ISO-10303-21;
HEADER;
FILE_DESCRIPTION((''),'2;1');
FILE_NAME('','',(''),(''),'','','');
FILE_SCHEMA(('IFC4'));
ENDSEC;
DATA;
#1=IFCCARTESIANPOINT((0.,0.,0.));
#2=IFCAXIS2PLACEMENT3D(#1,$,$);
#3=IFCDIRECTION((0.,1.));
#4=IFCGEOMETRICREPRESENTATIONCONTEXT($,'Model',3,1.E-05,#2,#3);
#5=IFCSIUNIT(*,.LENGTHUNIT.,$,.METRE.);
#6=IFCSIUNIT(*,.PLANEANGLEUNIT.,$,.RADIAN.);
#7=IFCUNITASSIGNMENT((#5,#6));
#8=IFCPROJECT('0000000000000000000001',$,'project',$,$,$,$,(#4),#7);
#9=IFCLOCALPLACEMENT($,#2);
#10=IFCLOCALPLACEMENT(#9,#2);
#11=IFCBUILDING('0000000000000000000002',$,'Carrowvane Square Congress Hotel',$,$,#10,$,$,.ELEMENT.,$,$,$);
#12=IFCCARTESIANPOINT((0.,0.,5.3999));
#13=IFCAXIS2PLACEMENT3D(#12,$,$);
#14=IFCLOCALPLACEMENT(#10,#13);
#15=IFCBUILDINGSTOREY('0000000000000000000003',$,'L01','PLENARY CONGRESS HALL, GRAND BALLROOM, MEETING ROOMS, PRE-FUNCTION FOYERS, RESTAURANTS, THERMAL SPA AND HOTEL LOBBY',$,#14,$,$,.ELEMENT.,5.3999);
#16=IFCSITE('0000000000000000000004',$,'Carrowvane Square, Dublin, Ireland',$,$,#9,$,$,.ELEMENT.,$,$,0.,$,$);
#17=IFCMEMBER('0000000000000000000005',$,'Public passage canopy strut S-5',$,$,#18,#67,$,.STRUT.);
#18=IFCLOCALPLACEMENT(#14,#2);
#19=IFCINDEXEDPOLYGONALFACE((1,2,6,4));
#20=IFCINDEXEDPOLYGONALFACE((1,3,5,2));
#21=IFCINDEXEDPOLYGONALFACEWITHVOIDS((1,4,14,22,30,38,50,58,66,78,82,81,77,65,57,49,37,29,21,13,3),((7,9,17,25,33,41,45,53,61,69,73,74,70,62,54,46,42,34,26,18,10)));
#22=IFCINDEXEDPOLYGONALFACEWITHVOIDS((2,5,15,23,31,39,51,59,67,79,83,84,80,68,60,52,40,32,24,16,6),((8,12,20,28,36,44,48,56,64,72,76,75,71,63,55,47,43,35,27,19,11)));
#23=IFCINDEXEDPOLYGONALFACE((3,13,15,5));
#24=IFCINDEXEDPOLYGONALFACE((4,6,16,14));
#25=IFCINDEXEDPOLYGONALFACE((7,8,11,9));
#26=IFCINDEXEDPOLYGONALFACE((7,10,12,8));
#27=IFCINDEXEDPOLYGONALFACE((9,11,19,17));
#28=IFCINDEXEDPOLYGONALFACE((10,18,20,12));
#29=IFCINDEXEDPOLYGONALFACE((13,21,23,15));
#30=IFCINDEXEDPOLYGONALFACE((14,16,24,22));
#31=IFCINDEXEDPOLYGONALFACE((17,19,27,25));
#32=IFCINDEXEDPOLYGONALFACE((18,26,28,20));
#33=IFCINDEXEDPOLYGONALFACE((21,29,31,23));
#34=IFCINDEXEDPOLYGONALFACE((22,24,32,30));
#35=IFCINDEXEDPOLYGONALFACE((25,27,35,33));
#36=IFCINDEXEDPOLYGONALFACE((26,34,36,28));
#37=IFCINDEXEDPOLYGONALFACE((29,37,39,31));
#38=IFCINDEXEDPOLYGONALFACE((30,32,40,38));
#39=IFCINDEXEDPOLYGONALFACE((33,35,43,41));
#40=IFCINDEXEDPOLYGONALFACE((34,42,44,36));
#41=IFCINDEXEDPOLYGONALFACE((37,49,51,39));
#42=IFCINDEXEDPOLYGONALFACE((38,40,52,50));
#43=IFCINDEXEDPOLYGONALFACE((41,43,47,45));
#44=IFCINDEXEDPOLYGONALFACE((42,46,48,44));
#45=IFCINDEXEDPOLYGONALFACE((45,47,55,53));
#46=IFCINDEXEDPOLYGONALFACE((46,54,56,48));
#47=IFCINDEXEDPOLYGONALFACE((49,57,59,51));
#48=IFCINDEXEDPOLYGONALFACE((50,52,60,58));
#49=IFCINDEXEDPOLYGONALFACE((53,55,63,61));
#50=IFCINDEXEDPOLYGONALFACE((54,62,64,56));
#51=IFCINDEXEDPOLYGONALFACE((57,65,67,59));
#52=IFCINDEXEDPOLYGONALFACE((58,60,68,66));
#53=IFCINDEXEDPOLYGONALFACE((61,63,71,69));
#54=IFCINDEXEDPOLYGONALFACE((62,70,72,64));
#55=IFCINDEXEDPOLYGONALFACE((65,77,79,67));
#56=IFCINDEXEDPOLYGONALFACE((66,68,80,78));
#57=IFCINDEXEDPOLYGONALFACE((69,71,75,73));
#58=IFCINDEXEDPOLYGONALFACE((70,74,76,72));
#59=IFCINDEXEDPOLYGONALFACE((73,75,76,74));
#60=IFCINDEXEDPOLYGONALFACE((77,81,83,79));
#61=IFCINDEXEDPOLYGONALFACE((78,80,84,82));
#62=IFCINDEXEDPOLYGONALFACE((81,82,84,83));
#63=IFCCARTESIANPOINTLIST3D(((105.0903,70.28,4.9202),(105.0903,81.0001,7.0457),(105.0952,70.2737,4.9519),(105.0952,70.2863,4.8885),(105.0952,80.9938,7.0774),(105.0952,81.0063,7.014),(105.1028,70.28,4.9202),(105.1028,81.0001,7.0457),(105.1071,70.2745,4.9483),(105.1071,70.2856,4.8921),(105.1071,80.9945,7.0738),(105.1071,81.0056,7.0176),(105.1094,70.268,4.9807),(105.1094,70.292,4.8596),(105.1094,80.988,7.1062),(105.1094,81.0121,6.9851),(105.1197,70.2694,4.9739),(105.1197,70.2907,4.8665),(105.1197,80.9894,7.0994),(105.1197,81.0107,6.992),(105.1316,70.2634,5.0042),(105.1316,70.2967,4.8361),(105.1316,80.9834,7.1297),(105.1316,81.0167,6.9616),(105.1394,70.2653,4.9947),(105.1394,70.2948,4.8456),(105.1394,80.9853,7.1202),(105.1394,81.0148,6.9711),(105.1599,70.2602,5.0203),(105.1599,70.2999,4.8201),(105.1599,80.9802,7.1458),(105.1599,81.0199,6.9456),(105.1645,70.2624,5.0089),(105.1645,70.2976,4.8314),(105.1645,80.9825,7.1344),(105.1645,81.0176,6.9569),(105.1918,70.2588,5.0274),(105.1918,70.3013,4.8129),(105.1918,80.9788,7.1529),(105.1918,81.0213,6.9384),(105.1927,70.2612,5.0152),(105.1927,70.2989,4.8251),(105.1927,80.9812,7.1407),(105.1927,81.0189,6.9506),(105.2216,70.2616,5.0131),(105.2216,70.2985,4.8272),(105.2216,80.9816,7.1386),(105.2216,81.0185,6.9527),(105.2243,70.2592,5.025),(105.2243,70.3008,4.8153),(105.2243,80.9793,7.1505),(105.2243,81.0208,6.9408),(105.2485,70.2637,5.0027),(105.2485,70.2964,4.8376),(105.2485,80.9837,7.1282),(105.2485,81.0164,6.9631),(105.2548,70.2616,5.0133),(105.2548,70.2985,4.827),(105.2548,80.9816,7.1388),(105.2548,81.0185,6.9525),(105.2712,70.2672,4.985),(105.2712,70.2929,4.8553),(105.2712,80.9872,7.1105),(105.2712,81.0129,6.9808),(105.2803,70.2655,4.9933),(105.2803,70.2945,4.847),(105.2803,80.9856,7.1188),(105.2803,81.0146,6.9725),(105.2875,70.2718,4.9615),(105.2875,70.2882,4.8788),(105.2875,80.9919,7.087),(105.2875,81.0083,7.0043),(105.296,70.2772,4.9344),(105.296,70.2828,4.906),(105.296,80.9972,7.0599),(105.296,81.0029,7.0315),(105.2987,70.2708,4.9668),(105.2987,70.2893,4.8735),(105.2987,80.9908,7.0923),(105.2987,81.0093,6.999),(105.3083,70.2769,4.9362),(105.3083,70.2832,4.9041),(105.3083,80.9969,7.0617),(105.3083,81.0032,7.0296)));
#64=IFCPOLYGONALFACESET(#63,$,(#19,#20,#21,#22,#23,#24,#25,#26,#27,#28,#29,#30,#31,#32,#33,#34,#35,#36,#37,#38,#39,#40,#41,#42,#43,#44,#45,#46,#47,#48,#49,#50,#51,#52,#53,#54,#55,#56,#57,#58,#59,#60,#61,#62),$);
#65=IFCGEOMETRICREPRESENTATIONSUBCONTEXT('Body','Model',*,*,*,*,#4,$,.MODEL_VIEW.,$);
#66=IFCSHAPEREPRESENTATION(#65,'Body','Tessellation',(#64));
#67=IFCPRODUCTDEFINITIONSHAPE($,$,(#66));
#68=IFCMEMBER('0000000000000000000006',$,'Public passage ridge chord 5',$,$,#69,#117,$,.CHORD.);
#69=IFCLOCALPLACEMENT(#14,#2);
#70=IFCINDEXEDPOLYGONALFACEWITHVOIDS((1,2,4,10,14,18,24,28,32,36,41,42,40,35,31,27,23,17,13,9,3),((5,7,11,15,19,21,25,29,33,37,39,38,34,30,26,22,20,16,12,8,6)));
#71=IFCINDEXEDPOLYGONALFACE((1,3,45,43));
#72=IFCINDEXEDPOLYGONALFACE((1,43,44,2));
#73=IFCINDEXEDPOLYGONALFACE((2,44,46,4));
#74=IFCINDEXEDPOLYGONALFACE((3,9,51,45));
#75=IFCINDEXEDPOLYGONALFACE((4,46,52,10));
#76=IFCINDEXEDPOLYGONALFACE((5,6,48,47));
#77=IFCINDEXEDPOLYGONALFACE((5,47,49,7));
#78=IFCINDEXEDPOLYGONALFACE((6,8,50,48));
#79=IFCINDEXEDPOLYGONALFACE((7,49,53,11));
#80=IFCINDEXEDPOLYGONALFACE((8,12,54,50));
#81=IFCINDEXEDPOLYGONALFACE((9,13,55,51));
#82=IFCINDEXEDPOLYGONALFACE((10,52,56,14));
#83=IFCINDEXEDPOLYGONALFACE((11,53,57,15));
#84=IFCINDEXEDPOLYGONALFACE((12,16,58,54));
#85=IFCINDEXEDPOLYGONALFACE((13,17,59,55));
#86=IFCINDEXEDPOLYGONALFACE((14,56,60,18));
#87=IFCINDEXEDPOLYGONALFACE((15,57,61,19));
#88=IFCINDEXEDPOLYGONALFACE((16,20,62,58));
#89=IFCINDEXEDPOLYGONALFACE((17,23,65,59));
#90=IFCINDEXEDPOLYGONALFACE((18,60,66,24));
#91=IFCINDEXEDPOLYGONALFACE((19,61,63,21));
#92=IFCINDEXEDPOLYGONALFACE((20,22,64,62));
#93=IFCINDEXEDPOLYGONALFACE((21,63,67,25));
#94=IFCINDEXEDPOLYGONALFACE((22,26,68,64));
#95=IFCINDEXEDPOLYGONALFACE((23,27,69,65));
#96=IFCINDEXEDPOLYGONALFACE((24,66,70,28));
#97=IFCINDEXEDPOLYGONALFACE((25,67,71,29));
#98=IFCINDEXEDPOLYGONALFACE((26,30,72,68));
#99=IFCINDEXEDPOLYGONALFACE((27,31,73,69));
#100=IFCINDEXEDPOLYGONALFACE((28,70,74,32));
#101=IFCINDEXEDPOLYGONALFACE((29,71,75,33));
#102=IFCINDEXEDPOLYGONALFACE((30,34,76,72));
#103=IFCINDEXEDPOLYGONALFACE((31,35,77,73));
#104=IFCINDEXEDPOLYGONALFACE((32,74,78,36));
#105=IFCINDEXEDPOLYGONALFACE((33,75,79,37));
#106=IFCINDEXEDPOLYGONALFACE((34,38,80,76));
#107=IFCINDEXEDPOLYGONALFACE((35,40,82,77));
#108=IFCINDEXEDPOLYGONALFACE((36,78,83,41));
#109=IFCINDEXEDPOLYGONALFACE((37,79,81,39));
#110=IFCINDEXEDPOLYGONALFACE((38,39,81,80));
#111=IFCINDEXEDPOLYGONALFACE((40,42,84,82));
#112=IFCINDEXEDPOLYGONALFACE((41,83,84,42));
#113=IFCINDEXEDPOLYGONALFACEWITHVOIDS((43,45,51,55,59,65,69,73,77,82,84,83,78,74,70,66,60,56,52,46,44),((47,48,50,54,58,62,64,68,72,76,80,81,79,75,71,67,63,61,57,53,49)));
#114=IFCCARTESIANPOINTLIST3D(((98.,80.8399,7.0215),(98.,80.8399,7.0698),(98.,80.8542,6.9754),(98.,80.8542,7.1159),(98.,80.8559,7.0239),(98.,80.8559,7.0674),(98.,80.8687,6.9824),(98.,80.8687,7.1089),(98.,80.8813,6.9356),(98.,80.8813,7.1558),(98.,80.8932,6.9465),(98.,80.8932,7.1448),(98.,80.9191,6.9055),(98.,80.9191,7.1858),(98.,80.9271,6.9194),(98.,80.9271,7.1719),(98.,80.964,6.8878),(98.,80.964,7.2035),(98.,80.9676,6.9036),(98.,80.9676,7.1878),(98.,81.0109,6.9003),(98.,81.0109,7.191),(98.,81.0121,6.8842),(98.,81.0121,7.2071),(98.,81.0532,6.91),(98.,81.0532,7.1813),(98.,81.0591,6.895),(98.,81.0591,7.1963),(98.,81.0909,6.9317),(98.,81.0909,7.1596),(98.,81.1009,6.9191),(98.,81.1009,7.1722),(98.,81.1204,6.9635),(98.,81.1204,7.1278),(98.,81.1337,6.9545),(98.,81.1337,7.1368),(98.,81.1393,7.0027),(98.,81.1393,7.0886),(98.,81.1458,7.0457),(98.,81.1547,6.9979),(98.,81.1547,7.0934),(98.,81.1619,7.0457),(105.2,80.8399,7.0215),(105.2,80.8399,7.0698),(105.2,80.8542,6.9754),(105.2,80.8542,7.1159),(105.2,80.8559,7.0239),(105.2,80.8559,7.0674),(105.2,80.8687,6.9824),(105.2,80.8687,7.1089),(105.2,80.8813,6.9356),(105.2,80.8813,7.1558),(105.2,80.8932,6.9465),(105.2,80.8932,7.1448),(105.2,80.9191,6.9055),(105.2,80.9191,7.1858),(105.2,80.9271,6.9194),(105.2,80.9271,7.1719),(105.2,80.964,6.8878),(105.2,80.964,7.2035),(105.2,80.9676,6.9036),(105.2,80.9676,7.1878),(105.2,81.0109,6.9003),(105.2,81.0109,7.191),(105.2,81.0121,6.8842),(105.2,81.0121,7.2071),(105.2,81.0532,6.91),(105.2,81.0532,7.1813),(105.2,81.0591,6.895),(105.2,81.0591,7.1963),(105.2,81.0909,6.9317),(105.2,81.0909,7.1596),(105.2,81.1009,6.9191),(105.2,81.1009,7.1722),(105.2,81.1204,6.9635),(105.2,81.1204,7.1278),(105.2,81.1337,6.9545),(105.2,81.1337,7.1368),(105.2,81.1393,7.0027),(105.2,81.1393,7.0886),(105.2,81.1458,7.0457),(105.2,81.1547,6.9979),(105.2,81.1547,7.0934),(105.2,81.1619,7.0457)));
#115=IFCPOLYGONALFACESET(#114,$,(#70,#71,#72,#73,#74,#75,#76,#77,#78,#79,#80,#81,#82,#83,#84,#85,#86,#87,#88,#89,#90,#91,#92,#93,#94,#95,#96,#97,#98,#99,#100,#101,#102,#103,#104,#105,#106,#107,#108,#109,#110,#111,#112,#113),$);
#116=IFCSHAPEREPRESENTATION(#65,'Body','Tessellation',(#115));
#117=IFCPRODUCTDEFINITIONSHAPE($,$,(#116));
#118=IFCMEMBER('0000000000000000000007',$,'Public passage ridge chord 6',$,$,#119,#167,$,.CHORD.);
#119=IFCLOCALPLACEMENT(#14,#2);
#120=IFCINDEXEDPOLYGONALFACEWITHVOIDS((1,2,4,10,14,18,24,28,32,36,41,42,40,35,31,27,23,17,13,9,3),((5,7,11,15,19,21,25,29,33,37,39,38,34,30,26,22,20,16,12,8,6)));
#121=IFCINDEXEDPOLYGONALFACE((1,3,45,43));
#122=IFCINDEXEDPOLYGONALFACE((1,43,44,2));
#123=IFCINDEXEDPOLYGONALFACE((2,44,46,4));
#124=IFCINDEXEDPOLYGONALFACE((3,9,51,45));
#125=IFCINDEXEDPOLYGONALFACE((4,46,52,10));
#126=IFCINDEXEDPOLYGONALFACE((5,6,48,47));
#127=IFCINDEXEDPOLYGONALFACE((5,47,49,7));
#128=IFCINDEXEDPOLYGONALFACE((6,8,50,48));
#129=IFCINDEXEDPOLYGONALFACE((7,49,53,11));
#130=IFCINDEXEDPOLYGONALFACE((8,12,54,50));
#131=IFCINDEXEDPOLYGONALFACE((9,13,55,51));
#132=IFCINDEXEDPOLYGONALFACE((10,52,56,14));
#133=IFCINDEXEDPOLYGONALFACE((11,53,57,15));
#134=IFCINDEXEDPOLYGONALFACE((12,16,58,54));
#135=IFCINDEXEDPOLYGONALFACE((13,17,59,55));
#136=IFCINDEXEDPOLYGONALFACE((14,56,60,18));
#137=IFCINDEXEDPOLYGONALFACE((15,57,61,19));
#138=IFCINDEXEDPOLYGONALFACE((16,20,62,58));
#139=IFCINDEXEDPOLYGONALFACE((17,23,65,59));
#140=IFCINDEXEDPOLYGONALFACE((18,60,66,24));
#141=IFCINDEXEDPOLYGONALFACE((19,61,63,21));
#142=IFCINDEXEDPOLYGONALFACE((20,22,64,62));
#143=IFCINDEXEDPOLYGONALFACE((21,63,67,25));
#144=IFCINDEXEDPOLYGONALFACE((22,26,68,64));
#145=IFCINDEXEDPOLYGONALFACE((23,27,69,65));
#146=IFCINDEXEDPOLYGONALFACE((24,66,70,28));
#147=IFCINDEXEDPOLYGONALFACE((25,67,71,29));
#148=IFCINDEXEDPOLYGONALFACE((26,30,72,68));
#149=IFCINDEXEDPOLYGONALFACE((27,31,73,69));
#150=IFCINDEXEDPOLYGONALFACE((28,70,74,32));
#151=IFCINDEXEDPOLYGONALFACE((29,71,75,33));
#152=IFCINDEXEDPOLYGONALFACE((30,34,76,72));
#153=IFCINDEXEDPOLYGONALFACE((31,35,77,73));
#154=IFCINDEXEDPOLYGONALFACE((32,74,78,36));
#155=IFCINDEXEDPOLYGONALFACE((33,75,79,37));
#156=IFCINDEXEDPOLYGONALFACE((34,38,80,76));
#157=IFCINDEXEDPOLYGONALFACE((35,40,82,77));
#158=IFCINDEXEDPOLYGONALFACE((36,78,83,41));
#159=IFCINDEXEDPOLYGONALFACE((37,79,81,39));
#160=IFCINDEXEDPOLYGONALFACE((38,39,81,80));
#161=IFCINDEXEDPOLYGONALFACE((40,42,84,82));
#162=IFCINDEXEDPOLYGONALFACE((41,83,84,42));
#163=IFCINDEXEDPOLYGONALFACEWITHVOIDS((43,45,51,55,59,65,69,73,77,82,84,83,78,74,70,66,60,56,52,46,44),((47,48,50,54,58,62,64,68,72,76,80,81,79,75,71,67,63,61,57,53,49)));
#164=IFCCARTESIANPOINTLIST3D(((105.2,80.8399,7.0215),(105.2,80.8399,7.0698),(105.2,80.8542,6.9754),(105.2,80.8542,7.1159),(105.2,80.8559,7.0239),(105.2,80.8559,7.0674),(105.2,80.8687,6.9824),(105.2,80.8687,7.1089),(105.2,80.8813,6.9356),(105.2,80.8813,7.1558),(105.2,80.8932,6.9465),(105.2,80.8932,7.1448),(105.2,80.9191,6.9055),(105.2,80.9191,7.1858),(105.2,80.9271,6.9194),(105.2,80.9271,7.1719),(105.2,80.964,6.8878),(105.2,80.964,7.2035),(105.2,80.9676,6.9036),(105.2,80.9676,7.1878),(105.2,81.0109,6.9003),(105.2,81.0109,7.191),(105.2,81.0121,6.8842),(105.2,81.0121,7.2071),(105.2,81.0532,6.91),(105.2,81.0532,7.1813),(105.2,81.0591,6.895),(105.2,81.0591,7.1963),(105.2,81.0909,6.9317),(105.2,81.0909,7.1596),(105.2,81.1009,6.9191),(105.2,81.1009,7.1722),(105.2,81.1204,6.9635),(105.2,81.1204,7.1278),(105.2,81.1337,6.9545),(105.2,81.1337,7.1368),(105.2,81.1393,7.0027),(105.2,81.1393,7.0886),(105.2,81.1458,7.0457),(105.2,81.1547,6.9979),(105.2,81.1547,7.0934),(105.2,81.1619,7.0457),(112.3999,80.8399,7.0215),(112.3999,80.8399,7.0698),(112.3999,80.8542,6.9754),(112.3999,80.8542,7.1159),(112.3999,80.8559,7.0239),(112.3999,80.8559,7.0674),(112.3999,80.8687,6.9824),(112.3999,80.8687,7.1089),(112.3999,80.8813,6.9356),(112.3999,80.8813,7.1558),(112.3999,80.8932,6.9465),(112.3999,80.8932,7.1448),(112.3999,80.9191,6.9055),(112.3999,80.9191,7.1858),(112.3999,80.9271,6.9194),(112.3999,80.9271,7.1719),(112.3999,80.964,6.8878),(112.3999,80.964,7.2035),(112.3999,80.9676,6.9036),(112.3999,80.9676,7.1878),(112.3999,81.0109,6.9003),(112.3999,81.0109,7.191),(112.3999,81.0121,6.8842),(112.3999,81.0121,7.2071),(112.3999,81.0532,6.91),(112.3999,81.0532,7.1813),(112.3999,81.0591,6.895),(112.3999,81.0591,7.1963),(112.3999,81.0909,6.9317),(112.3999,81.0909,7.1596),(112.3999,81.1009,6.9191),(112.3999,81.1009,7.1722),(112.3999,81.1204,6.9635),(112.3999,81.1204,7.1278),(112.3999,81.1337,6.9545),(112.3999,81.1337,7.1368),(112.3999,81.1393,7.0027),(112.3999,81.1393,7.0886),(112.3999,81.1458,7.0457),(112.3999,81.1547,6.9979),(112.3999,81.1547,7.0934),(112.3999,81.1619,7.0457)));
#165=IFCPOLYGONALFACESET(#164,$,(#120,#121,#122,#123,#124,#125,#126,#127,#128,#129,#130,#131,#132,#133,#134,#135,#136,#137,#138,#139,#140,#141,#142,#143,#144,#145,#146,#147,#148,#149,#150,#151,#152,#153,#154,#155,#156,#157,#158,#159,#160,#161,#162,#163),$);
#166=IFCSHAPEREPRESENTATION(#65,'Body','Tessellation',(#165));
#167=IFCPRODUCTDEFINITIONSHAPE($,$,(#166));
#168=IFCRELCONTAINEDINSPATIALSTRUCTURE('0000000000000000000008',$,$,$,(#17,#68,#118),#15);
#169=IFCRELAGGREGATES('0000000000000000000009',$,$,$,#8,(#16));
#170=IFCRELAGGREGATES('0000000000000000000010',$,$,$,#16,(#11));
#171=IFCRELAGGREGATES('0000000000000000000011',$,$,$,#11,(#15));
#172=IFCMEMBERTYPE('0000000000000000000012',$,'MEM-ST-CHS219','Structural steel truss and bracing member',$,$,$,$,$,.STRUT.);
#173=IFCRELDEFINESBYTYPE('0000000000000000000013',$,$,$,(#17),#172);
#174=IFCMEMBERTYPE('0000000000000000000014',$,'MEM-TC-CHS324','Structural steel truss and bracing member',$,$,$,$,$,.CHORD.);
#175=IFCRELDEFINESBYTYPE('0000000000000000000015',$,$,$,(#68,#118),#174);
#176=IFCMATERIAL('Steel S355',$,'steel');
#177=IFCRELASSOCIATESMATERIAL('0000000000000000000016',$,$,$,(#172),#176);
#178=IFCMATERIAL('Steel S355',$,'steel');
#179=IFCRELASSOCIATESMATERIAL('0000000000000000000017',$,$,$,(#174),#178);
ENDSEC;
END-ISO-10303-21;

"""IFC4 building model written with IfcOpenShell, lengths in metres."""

from ifc_helpers import new_model, si_unit, direction, frame, origin, origin_2d, place, context, subcontext, project, spatial, hollow_circle, extrude, material, material_profile, profile_set, type_object, element, save


model = new_model("IFC4")

# Units and contexts
model_context = context("Model", 3, precision=1e-05, world=origin(), true_north=direction((0.0, 1.0)))
body_context = subcontext(model_context, "Body", "Model", "MODEL_VIEW")
ifc_project = project(units=[si_unit("LENGTHUNIT", "METRE"), si_unit("PLANEANGLEUNIT", "RADIAN")], contexts=[model_context])

# Site, building, storey
site_placement = place(None, origin())
site = spatial("IfcSite", under=ifc_project, at=site_placement, Name="Carrowvane Square, Dublin, Ireland", CompositionType="ELEMENT", RefElevation=0.0)
building_placement = place(site_placement, origin())
building = spatial("IfcBuilding", under=site, at=building_placement, Name="Carrowvane Square Congress Hotel", CompositionType="ELEMENT")
storey_placement = place(building_placement, frame((0.0, 0.0, 5.3999)))
storey = spatial("IfcBuildingStorey", under=building, at=storey_placement, Name="L01", Description="PLENARY CONGRESS HALL, GRAND BALLROOM, MEETING ROOMS, PRE-FUNCTION FOYERS, RESTAURANTS, THERMAL SPA AND HOTEL LOBBY", CompositionType="ELEMENT", Elevation=5.3999)

# Members
ifc_material_1 = material(Name="Steel S355", Category="steel")
ifc_material_profile_1 = material_profile(ifc_material_1, hollow_circle(Radius=0.1096, WallThickness=0.0125, at=origin_2d()), Name="CHS 219.1x12.5")
ifc_profile_set_1 = profile_set([ifc_material_profile_1], Name="Steel S355")
member_type_1 = type_object("IfcMemberType", Name="MEM-ST-CHS219", Description="Structural steel truss and bracing member", PredefinedType="STRUT", material=ifc_profile_set_1)
for number, where, z_axis, x_axis, name in (
    (1, (105.2, 70.28, 4.9202), (0.0, 0.980905, 0.194488), (-1.0, 0.0, 0.0), "Public passage canopy strut S-5"),
):
    element("IfcMember", number, at=place(storey_placement, frame(where, z_axis=z_axis, x_axis=x_axis)), inside=storey, type_object=member_type_1, Name=name, PredefinedType="STRUT", context=body_context, shape_type="SweptSolid", body=[
        extrude(hollow_circle(Radius=0.1096, WallThickness=0.0125, at=origin_2d()), origin(), (0.0, 0.0, 1.0), 10.9287),
    ])
ifc_material_2 = material(Name="Steel S355", Category="steel")
ifc_material_profile_2 = material_profile(ifc_material_2, hollow_circle(Radius=0.1619, WallThickness=0.0161, at=origin_2d()), Name="CHS 323.9x16")
ifc_profile_set_2 = profile_set([ifc_material_profile_2], Name="Steel S355")
member_type_2 = type_object("IfcMemberType", Name="MEM-TC-CHS324", Description="Structural steel truss and bracing member", PredefinedType="CHORD", material=ifc_profile_set_2)
for number, where, z_axis, x_axis, name in (
    (2, (98.0, 81.0, 7.0457), (1.0, 0.0, 0.0), (0.0, 1.0, 0.0), "Public passage ridge chord 5"),
    (3, (105.2, 81.0, 7.0457), (1.0, 0.0, 0.0), (0.0, 1.0, 0.0), "Public passage ridge chord 6"),
):
    element("IfcMember", number, at=place(storey_placement, frame(where, z_axis=z_axis, x_axis=x_axis)), inside=storey, type_object=member_type_2, Name=name, PredefinedType="CHORD", context=body_context, shape_type="SweptSolid", body=[
        extrude(hollow_circle(Radius=0.1619, WallThickness=0.0161, at=origin_2d()), origin(), (0.0, 0.0, 1.0), 7.2),
    ])

save(model, "model.ifc")
